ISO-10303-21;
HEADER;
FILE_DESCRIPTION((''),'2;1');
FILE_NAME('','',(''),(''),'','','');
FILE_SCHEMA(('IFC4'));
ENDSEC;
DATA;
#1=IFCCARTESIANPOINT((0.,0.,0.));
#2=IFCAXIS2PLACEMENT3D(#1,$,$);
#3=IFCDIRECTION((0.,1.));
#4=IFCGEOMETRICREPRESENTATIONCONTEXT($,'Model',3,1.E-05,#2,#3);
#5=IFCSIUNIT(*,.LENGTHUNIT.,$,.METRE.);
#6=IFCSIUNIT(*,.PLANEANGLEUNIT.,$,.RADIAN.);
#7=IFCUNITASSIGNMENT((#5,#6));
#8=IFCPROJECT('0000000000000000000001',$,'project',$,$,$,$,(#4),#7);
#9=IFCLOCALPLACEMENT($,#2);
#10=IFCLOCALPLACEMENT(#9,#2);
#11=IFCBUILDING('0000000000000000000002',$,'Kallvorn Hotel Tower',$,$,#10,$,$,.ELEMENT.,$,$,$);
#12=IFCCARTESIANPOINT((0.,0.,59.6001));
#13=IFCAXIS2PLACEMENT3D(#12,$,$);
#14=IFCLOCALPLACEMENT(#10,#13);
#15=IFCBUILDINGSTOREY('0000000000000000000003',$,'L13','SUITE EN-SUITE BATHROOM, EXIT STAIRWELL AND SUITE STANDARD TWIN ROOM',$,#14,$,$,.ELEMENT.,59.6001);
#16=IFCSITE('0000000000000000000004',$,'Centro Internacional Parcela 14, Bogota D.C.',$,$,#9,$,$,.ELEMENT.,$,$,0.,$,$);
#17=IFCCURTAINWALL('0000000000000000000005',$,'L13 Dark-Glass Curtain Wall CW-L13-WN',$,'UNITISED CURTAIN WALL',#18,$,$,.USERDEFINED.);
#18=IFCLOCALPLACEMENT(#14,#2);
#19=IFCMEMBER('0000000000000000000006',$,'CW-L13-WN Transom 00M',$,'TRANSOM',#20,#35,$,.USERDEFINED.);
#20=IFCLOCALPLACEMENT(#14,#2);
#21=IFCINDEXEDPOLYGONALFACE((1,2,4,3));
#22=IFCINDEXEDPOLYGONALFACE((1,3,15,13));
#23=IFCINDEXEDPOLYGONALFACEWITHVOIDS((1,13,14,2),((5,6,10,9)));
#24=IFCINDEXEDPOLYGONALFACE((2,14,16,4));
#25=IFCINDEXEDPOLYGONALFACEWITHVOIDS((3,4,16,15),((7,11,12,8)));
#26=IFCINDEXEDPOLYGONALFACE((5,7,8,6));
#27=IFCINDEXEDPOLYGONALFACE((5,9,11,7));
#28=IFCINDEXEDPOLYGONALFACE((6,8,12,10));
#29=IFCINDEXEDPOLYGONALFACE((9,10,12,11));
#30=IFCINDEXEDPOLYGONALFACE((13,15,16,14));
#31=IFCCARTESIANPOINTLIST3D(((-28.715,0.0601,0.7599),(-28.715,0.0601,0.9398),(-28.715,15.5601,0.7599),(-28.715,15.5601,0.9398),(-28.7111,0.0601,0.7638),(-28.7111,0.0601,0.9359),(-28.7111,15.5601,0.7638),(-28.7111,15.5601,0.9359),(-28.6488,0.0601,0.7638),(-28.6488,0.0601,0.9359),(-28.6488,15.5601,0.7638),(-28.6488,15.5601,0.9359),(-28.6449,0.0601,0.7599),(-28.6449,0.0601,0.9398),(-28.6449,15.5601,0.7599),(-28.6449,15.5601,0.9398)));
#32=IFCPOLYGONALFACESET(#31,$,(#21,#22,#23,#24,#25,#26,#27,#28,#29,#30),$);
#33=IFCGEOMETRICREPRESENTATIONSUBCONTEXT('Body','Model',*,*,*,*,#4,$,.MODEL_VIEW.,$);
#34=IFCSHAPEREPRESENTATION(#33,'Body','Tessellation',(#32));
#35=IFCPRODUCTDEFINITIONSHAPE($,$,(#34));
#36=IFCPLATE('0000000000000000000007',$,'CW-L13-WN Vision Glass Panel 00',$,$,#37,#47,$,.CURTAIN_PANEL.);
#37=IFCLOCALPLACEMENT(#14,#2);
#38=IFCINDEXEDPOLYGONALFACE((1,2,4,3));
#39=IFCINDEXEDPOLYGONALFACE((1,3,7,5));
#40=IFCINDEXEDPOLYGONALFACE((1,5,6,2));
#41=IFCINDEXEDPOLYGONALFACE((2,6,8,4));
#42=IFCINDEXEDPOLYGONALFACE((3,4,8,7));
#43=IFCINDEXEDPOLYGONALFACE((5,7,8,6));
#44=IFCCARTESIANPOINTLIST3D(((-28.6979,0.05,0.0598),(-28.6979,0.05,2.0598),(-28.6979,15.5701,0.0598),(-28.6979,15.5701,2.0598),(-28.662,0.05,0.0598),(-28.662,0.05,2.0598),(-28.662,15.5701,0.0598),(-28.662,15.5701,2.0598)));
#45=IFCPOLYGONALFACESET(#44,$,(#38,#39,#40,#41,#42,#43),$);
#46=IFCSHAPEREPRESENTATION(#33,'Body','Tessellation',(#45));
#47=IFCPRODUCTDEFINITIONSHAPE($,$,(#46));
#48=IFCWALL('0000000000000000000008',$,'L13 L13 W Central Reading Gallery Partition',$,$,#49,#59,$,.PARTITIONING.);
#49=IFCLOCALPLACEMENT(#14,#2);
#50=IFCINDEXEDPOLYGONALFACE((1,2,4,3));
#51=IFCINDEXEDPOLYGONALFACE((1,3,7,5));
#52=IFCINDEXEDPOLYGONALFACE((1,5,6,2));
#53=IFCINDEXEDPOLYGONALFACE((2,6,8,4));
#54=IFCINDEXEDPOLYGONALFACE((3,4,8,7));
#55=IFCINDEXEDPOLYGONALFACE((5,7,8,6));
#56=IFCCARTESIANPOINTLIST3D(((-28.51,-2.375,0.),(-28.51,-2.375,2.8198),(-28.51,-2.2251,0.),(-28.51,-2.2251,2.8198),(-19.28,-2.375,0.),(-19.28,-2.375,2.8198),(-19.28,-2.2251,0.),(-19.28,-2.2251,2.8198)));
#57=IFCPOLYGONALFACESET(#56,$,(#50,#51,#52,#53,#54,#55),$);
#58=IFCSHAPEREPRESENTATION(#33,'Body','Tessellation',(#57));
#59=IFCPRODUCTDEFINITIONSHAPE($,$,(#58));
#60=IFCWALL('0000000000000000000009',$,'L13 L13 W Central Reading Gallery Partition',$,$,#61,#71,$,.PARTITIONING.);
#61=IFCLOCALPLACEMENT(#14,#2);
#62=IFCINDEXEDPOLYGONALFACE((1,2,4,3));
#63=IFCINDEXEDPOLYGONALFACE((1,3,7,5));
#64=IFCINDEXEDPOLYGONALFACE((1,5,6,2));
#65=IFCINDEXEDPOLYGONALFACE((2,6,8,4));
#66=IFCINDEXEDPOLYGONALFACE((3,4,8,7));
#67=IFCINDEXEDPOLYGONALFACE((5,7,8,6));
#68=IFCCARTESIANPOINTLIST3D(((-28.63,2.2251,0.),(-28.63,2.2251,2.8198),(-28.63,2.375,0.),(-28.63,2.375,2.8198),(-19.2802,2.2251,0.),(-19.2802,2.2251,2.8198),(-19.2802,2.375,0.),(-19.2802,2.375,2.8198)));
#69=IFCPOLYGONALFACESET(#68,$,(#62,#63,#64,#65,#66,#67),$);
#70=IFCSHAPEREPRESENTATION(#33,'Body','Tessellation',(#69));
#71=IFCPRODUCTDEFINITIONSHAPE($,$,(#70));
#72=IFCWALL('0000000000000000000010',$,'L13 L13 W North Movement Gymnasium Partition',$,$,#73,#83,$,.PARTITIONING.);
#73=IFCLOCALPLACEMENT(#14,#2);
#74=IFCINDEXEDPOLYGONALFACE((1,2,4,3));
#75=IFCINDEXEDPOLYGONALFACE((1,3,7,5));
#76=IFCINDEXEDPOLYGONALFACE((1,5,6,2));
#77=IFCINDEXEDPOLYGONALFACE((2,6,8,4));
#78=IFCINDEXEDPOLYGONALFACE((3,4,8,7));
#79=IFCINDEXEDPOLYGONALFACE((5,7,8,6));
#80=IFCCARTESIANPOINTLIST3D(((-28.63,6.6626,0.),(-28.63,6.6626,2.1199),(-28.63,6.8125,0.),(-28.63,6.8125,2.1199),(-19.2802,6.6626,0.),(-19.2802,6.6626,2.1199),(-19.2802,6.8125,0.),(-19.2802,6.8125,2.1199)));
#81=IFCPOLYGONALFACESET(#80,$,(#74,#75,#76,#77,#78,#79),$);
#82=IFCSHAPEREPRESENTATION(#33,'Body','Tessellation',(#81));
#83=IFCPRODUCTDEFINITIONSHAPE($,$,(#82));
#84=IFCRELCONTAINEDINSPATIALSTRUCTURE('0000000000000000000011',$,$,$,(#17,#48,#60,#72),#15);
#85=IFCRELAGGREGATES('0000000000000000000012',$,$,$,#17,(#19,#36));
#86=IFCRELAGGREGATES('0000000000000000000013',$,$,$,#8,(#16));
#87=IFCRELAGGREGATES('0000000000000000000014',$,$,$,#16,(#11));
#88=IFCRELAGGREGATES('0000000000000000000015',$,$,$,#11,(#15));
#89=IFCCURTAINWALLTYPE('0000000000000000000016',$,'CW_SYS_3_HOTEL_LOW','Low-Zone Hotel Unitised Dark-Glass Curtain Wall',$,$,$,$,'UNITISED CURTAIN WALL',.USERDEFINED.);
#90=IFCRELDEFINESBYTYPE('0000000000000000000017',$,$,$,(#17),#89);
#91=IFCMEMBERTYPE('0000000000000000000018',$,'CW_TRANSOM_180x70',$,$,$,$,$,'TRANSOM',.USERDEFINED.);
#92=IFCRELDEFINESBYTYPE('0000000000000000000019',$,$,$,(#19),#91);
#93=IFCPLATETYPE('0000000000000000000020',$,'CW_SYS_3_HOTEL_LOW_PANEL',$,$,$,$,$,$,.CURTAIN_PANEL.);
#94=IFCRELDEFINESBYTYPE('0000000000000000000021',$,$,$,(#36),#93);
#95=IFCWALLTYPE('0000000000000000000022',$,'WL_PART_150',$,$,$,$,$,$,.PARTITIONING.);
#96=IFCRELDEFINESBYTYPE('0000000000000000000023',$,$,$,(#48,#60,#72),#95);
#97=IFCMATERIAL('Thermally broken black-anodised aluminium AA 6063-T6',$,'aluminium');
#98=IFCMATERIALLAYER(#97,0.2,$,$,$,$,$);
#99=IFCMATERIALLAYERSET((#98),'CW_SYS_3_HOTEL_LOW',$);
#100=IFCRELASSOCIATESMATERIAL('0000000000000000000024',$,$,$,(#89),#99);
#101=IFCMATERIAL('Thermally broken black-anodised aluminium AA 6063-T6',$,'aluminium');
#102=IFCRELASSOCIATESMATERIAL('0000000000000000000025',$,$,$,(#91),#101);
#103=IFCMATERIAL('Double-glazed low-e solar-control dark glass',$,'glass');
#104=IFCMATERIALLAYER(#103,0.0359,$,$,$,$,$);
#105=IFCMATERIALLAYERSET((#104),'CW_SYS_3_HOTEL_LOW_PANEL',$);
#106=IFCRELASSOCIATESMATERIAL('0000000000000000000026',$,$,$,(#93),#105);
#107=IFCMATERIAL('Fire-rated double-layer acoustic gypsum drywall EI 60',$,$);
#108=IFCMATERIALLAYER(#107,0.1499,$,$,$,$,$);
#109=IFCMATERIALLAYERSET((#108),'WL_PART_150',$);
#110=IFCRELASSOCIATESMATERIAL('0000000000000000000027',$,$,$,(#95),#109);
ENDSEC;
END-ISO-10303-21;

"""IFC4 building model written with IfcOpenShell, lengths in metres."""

from ifc_helpers import new_model, si_unit, direction, frame, frame_2d, origin, origin_2d, place, context, subcontext, project, spatial, rectangle, hollow_rectangle, extrude, material, layer, layer_set, material_profile, profile_set, type_object, element, aggregate, save


model = new_model("IFC4")

# Units and contexts
model_context = context("Model", 3, precision=1e-05, world=origin(), true_north=direction((0.0, 1.0)))
body_context = subcontext(model_context, "Body", "Model", "MODEL_VIEW")
ifc_project = project(units=[si_unit("LENGTHUNIT", "METRE"), si_unit("PLANEANGLEUNIT", "RADIAN")], contexts=[model_context])

# Site, building, storey
site_placement = place(None, origin())
site = spatial("IfcSite", under=ifc_project, at=site_placement, Name="Centro Internacional Parcela 14, Bogota D.C.", CompositionType="ELEMENT", RefElevation=0.0)
building_placement = place(site_placement, origin())
building = spatial("IfcBuilding", under=site, at=building_placement, Name="Kallvorn Hotel Tower", CompositionType="ELEMENT")
storey_placement = place(building_placement, frame((0.0, 0.0, 59.6001)))
storey = spatial("IfcBuildingStorey", under=building, at=storey_placement, Name="L13", Description="SUITE EN-SUITE BATHROOM, EXIT STAIRWELL AND SUITE STANDARD TWIN ROOM", CompositionType="ELEMENT", Elevation=59.6001)

# Curtain wall, member, plate
ifc_material_1 = material(Name="Thermally broken black-anodised aluminium AA 6063-T6", Category="aluminium")
ifc_layer_1 = layer(ifc_material_1, 0.2)
ifc_layer_set_1 = layer_set([ifc_layer_1], Name="CW_SYS_3_HOTEL_LOW")
curtain_wall_type = type_object("IfcCurtainWallType", Name="CW_SYS_3_HOTEL_LOW", Description="Low-Zone Hotel Unitised Dark-Glass Curtain Wall", ElementType="UNITISED CURTAIN WALL", PredefinedType="USERDEFINED", material=ifc_layer_set_1)
curtain_wall_placement = place(storey_placement, origin())
curtain_wall = element("IfcCurtainWall", 1, at=curtain_wall_placement, inside=storey, type_object=curtain_wall_type, Name="L13 Dark-Glass Curtain Wall CW-L13-WN", ObjectType="UNITISED CURTAIN WALL", PredefinedType="USERDEFINED")
ifc_material_2 = material(Name="Thermally broken black-anodised aluminium AA 6063-T6", Category="aluminium")
ifc_material_profile_1 = material_profile(ifc_material_2, hollow_rectangle(XDim=0.0701, YDim=0.1799, WallThickness=0.0039, at=origin_2d()), Name="TRN 180x70")
ifc_profile_set_1 = profile_set([ifc_material_profile_1], Name="Thermally broken black-anodised aluminium AA 6063-T6")
member_type_1 = type_object("IfcMemberType", Name="CW_TRANSOM_180x70", ElementType="TRANSOM", PredefinedType="USERDEFINED", material=ifc_profile_set_1)
member_1_placement = place(storey_placement, frame((-28.6799, 0.0601, 0.8499), z_axis=(0.0, 1.0, 0.0), x_axis=(-1.0, 0.0, 0.0)))
member_1 = element("IfcMember", 2, at=member_1_placement, type_object=member_type_1, Name="CW-L13-WN Transom 00M", ObjectType="TRANSOM", PredefinedType="USERDEFINED", context=body_context, shape_type="SweptSolid", body=[
    extrude(hollow_rectangle(XDim=0.0701, YDim=0.1799, WallThickness=0.0039, at=origin_2d()), origin(), (0.0, 0.0, 1.0), 15.5),
])
ifc_material_3 = material(Name="Double-glazed low-e solar-control dark glass", Category="glass")
ifc_layer_2 = layer(ifc_material_3, 0.0359)
ifc_layer_set_2 = layer_set([ifc_layer_2], Name="CW_SYS_3_HOTEL_LOW_PANEL")
plate_type = type_object("IfcPlateType", Name="CW_SYS_3_HOTEL_LOW_PANEL", PredefinedType="CURTAIN_PANEL", material=ifc_layer_set_2)
plate_placement = place(storey_placement, frame((-28.6799, 7.8101, 0.0598), z_axis=(0.0, 0.0, 1.0), x_axis=(0.0, 1.0, 0.0)))
plate = element("IfcPlate", 3, at=plate_placement, type_object=plate_type, Name="CW-L13-WN Vision Glass Panel 00", PredefinedType="CURTAIN_PANEL", context=body_context, shape_type="SweptSolid", body=[
    extrude(rectangle(XDim=15.52, YDim=0.0359, at=origin_2d()), origin(), (0.0, 0.0, 1.0), 2.0),
])
aggregate(curtain_wall, [member_1, plate])

# Walls
ifc_material_4 = material(Name="Fire-rated double-layer acoustic gypsum drywall EI 60")
ifc_layer_3 = layer(ifc_material_4, 0.1499)
ifc_layer_set_3 = layer_set([ifc_layer_3], Name="WL_PART_150")
wall_type_1 = type_object("IfcWallType", Name="WL_PART_150", PredefinedType="PARTITIONING", material=ifc_layer_set_3)
wall_1_placement = place(storey_placement, frame((-28.51, -2.3, 0.0), z_axis=(0.0, 0.0, 1.0), x_axis=(1.0, 0.0, 0.0)))
element("IfcWall", 4, at=wall_1_placement, inside=storey, type_object=wall_type_1, Name="L13 L13 W Central Reading Gallery Partition", PredefinedType="PARTITIONING", context=body_context, shape_type="SweptSolid", body=[
    extrude(rectangle(XDim=9.23, YDim=0.1499, at=frame_2d((4.615, 0.0))), origin(), (0.0, 0.0, 1.0), 2.8198),
])
wall_2_placement = place(storey_placement, frame((-28.6299, 2.3, 0.0), z_axis=(0.0, 0.0, 1.0), x_axis=(1.0, 0.0, 0.0)))
element("IfcWall", 5, at=wall_2_placement, inside=storey, type_object=wall_type_1, Name="L13 L13 W Central Reading Gallery Partition", PredefinedType="PARTITIONING", context=body_context, shape_type="SweptSolid", body=[
    extrude(rectangle(XDim=9.3499, YDim=0.1499, at=frame_2d((4.6748, 0.0))), origin(), (0.0, 0.0, 1.0), 2.8198),
])
wall_3_placement = place(storey_placement, frame((-28.6299, 6.7375, 0.0), z_axis=(0.0, 0.0, 1.0), x_axis=(1.0, 0.0, 0.0)))
element("IfcWall", 6, at=wall_3_placement, inside=storey, type_object=wall_type_1, Name="L13 L13 W North Movement Gymnasium Partition", PredefinedType="PARTITIONING", context=body_context, shape_type="SweptSolid", body=[
    extrude(rectangle(XDim=9.3499, YDim=0.1499, at=frame_2d((4.6748, 0.0))), origin(), (0.0, 0.0, 1.0), 2.1199),
])

save(model, "model.ifc")
